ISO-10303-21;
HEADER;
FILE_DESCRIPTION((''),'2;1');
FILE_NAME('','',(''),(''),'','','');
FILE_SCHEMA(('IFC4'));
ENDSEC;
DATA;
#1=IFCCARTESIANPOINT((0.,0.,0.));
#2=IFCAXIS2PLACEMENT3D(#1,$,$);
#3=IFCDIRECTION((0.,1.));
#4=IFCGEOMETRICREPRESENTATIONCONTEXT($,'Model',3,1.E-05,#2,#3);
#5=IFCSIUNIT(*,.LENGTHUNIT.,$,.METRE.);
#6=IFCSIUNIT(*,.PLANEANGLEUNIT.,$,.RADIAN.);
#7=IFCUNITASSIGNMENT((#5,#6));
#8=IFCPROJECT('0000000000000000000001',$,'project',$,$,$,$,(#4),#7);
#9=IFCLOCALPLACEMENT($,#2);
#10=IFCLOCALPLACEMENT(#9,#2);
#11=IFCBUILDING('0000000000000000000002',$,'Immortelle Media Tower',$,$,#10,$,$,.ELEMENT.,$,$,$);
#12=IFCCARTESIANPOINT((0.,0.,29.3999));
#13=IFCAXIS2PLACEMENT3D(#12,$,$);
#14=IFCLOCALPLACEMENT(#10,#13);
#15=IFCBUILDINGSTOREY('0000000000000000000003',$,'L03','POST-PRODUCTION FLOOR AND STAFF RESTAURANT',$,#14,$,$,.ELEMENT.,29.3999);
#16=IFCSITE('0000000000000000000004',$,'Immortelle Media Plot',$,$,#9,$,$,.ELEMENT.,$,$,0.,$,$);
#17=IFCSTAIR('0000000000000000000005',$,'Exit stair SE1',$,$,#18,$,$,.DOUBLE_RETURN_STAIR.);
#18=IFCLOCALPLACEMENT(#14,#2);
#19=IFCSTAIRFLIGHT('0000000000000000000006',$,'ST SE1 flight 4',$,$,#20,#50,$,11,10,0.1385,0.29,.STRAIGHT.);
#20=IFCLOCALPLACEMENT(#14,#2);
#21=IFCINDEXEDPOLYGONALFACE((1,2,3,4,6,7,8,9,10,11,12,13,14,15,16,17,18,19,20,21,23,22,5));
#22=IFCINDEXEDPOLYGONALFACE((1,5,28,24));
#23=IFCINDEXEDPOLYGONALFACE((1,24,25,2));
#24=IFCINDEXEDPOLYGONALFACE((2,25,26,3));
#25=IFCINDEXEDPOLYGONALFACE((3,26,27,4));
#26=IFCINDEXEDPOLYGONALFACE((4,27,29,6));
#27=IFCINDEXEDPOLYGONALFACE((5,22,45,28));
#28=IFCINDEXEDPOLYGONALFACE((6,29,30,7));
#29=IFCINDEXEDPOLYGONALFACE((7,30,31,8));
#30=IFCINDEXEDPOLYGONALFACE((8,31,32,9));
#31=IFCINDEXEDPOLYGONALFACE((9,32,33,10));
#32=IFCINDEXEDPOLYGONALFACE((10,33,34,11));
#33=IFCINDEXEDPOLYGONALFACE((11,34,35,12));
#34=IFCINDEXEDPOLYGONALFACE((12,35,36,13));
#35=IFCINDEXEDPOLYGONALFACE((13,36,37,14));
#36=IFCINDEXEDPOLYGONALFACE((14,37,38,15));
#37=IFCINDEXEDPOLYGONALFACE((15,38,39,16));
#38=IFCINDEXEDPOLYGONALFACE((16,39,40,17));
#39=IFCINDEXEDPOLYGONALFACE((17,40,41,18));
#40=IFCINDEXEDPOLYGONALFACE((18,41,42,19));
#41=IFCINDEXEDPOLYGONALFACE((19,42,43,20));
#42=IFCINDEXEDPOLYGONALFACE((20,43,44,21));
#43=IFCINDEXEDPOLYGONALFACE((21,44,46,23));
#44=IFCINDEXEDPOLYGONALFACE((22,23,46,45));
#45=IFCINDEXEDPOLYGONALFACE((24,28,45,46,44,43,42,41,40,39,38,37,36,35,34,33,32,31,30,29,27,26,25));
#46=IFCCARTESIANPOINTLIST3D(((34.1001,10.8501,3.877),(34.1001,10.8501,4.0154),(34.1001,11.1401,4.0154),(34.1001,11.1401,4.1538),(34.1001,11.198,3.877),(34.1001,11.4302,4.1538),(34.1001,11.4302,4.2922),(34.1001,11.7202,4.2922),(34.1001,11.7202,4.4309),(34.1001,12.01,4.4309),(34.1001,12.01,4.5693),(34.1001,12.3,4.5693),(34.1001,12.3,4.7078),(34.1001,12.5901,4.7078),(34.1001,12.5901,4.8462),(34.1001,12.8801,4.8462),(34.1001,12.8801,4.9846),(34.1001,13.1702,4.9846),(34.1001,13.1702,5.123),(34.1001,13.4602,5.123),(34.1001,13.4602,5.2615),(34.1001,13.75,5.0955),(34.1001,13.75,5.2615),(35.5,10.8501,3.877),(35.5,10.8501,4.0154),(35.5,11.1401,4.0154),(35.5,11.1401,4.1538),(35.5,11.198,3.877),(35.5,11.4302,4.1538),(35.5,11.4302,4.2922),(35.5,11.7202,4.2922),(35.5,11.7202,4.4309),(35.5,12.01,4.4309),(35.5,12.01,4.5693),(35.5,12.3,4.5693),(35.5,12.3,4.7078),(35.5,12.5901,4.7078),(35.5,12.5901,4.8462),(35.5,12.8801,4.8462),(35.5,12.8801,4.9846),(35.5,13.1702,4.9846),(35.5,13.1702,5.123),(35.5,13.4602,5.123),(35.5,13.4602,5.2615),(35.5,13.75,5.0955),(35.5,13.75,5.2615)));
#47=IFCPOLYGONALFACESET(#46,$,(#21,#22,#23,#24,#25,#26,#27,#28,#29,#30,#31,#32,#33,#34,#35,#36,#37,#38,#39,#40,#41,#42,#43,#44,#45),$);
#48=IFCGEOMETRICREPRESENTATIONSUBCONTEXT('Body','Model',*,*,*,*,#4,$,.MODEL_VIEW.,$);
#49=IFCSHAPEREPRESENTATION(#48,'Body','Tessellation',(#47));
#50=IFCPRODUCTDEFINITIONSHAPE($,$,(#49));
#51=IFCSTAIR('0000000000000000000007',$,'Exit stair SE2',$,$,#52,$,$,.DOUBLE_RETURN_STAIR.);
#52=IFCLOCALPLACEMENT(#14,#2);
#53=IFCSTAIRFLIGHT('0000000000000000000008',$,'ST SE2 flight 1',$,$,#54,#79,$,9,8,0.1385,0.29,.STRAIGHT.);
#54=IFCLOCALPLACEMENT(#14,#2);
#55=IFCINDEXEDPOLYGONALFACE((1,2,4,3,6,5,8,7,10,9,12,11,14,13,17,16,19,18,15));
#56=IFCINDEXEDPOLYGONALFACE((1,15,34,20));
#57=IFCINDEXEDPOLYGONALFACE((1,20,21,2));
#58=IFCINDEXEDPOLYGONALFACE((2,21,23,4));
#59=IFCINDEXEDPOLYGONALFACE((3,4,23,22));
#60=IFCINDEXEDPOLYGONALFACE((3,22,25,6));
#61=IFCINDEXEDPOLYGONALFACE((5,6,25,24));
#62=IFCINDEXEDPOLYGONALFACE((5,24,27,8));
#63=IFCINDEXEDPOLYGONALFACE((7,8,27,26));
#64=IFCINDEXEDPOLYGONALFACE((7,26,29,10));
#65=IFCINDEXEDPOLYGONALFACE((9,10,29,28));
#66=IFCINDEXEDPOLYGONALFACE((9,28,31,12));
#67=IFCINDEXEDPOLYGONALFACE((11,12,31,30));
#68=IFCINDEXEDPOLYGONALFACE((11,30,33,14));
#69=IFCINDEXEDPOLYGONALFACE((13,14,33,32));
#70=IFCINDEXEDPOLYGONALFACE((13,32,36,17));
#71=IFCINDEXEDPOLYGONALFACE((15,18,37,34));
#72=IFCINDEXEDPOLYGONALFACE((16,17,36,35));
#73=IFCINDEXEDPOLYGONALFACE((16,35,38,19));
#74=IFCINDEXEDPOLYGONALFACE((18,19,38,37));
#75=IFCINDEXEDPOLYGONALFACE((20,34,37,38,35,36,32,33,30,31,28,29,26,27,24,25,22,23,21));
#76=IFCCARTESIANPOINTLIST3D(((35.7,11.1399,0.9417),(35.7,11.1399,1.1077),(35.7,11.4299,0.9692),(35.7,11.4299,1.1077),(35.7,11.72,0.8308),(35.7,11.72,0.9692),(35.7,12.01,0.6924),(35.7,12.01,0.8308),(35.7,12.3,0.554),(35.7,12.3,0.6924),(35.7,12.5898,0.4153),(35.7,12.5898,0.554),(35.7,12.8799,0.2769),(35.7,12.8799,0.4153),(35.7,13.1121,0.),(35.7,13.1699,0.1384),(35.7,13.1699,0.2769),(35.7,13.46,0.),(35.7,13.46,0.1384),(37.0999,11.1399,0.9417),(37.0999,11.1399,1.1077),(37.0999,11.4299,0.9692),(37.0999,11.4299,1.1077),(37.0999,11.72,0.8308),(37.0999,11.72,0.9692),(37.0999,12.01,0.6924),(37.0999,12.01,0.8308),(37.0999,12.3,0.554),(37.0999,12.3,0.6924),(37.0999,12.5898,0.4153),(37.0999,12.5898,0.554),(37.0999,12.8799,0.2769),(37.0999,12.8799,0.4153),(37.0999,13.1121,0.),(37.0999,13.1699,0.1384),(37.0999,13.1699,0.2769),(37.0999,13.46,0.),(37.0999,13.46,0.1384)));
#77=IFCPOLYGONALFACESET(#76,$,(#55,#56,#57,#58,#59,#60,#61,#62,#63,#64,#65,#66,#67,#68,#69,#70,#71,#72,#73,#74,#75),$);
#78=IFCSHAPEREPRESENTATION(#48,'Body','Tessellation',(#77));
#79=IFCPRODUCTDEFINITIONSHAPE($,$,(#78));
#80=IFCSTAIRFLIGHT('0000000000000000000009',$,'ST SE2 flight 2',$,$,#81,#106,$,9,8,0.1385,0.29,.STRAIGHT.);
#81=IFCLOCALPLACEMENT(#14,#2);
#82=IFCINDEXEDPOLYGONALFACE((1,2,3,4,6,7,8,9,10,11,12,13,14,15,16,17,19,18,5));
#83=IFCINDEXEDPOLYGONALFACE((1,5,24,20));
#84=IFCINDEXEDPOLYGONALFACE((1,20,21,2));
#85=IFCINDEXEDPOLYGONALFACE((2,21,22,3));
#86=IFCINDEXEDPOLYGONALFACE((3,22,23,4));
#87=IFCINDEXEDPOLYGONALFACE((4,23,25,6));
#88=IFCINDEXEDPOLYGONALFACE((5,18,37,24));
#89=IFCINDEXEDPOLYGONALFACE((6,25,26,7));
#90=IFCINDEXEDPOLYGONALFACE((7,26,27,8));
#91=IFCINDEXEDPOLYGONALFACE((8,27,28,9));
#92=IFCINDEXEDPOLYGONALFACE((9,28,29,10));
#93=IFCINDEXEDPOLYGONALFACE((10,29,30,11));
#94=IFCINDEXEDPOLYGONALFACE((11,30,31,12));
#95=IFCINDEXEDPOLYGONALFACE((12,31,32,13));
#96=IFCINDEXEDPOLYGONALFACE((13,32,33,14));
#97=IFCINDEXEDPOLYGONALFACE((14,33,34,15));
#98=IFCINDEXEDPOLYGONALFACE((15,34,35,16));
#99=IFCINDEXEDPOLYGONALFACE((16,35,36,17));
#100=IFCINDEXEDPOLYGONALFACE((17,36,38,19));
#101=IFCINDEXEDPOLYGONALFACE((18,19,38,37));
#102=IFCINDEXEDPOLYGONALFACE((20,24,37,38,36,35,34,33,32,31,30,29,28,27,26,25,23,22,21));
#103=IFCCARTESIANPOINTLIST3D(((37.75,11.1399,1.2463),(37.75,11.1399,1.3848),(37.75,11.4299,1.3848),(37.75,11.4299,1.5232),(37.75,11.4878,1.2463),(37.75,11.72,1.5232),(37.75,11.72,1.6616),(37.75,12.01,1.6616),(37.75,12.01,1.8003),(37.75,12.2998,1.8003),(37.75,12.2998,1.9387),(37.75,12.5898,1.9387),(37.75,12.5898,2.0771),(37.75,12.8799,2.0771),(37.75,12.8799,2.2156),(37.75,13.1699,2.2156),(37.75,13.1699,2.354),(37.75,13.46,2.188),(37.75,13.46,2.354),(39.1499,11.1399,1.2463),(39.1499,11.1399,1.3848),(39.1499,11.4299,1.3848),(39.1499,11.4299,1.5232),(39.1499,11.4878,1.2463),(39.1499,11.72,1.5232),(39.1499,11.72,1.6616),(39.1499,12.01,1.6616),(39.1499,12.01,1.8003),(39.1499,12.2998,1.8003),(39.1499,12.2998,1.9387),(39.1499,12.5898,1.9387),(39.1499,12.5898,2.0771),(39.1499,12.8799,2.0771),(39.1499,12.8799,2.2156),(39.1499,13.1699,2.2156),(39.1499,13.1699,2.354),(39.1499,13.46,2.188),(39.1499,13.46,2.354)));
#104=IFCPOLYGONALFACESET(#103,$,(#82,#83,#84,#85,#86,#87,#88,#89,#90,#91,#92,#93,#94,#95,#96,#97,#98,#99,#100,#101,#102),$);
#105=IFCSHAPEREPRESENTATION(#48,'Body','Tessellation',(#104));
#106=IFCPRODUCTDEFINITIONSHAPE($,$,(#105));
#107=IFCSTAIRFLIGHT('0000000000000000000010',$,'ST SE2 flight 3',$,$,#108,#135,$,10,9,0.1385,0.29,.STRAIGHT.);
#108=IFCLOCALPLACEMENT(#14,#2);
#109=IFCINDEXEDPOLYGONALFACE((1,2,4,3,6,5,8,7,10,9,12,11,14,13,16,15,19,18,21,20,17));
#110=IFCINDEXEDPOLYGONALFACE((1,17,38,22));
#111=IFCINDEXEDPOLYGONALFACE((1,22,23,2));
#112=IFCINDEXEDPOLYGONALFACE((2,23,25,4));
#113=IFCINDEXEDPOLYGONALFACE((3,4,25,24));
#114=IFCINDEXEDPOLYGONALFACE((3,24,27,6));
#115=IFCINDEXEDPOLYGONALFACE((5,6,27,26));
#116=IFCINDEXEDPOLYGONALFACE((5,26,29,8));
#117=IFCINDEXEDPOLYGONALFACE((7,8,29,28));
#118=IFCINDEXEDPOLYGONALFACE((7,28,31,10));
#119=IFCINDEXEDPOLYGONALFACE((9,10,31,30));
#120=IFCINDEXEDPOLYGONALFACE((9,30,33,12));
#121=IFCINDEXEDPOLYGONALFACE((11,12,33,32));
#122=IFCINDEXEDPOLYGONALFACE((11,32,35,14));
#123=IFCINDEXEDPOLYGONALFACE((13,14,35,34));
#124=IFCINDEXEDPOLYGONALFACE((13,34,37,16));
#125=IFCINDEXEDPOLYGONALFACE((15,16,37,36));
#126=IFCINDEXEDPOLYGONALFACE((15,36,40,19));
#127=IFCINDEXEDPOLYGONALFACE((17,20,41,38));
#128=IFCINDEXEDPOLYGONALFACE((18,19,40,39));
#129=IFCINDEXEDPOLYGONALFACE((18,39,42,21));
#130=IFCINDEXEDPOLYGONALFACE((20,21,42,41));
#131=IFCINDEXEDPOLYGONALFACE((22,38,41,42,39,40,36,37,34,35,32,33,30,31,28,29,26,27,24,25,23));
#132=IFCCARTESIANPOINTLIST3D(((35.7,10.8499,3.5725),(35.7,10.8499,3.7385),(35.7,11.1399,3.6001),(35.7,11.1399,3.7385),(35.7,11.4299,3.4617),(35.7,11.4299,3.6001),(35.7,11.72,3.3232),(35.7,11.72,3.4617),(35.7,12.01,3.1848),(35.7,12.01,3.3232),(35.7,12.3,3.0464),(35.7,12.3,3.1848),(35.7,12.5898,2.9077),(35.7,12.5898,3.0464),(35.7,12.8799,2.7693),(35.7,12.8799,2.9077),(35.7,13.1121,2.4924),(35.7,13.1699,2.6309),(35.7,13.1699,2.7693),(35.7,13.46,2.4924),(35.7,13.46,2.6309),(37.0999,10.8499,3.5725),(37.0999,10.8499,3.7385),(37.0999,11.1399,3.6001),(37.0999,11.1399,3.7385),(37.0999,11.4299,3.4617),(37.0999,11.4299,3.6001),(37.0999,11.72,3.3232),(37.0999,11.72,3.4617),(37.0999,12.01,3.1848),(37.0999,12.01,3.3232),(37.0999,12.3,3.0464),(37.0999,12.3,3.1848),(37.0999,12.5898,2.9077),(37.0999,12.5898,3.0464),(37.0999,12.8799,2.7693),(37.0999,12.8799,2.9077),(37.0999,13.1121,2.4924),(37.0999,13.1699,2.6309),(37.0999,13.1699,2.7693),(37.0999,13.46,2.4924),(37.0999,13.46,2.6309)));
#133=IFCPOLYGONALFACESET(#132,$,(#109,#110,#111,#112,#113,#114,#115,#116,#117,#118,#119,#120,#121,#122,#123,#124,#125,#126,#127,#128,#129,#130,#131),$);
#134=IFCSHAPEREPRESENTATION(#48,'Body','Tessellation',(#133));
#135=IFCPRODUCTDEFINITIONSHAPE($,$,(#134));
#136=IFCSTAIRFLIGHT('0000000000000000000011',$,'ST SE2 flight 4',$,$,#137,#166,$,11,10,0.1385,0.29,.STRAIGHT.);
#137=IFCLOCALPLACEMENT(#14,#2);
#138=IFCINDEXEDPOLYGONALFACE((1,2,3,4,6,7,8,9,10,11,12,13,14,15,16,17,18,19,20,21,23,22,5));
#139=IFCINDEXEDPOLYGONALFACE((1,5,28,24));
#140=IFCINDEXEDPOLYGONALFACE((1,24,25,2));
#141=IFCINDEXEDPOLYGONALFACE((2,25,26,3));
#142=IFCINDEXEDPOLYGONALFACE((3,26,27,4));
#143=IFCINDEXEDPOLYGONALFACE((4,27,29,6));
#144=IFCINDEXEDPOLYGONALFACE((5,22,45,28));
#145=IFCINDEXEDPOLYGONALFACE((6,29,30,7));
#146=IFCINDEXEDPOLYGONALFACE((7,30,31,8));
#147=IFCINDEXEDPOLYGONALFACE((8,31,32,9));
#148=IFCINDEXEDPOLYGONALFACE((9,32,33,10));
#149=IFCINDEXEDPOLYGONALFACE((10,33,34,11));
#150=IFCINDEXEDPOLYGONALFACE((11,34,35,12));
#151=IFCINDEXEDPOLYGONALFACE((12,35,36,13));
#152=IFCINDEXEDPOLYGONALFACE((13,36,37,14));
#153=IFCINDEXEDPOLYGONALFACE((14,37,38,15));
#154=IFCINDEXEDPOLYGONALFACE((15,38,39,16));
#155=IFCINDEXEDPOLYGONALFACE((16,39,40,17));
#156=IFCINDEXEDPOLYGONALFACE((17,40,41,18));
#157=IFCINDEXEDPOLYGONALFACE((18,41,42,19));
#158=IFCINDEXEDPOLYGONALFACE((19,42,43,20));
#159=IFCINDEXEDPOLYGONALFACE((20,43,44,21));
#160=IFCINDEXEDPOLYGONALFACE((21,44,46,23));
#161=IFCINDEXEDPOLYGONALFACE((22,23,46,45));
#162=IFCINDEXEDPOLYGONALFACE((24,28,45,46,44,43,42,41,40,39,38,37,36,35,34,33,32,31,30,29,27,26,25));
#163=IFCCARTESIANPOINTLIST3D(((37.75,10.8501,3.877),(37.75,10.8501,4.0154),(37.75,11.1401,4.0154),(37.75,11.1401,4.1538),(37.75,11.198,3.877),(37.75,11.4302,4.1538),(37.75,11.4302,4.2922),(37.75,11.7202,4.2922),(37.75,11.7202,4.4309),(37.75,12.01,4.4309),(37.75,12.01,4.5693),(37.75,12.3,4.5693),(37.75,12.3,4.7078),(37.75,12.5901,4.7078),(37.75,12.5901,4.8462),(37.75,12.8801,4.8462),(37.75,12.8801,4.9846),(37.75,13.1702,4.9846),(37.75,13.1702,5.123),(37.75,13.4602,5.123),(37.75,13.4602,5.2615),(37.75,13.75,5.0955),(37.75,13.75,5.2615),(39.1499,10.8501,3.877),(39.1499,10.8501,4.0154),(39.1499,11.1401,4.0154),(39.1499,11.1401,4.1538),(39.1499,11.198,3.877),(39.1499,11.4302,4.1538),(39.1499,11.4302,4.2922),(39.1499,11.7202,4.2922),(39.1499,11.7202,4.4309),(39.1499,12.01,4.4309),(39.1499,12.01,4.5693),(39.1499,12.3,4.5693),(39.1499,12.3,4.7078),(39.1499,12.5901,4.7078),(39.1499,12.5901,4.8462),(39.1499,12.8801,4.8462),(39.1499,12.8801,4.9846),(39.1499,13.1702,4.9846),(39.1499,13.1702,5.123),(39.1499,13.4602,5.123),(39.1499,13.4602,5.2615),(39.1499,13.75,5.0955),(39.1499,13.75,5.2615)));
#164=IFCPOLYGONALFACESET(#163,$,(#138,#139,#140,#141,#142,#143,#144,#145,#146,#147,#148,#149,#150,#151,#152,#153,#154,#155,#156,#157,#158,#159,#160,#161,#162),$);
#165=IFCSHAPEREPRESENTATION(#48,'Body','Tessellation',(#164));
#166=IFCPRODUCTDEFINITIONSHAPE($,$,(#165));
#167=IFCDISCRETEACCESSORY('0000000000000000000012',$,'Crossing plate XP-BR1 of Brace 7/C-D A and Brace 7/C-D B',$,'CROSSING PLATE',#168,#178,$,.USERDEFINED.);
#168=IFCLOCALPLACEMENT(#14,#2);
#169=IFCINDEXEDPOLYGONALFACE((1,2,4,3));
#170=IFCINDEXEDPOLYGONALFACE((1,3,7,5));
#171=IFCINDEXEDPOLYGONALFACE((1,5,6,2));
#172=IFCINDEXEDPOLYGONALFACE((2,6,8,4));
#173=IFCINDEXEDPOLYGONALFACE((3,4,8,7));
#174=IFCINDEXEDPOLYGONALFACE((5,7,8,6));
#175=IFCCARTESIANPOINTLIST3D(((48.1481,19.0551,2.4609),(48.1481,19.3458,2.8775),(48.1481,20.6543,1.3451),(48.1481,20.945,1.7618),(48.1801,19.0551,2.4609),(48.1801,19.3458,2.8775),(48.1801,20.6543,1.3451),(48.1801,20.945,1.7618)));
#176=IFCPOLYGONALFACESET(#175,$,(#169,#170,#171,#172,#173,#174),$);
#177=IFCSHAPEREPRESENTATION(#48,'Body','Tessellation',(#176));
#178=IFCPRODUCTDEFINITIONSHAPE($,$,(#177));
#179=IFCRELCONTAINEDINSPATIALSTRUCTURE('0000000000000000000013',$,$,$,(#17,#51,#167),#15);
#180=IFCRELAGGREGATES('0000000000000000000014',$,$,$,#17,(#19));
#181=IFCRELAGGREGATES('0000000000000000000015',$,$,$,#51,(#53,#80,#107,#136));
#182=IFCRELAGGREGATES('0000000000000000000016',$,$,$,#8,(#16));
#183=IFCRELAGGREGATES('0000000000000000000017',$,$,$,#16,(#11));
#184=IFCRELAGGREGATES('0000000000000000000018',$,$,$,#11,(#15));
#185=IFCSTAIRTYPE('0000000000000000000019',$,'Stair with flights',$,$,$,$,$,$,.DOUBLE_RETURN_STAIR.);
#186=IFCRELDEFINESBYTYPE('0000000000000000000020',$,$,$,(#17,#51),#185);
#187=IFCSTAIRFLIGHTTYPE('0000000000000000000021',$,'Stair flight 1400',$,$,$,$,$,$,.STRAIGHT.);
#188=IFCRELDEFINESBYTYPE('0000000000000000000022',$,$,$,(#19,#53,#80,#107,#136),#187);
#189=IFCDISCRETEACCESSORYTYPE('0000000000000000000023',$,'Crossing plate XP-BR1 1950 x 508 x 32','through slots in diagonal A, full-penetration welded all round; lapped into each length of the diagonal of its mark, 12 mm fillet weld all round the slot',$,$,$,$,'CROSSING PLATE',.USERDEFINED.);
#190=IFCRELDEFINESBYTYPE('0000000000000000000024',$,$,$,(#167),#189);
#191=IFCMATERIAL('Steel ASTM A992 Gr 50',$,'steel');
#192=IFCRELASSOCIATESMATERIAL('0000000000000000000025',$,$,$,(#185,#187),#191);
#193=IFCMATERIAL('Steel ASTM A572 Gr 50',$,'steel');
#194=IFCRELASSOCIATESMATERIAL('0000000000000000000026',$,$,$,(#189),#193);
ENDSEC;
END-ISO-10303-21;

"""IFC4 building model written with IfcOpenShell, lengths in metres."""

from ifc_helpers import new_model, si_unit, direction, frame, origin, origin_2d, place, context, subcontext, project, spatial, polyline, rectangle, outline, extrude, material, material_profile, profile_set, type_object, element, aggregate, save


model = new_model("IFC4")

# Units and contexts
model_context = context("Model", 3, precision=1e-05, world=origin(), true_north=direction((0.0, 1.0)))
body_context = subcontext(model_context, "Body", "Model", "MODEL_VIEW")
ifc_project = project(units=[si_unit("LENGTHUNIT", "METRE"), si_unit("PLANEANGLEUNIT", "RADIAN")], contexts=[model_context])

# Site, building, storey
site_placement = place(None, origin())
site = spatial("IfcSite", under=ifc_project, at=site_placement, Name="Immortelle Media Plot", CompositionType="ELEMENT", RefElevation=0.0)
building_placement = place(site_placement, origin())
building = spatial("IfcBuilding", under=site, at=building_placement, Name="Immortelle Media Tower", CompositionType="ELEMENT")
storey_placement = place(building_placement, frame((0.0, 0.0, 29.3999)))
storey = spatial("IfcBuildingStorey", under=building, at=storey_placement, Name="L03", Description="POST-PRODUCTION FLOOR AND STAFF RESTAURANT", CompositionType="ELEMENT", Elevation=29.3999)

# Shared definitions
ifc_material_1 = material(Name="Steel ASTM A992 Gr 50", Category="steel")

# Stairs, stair flights
stair_type = type_object("IfcStairType", Name="Stair with flights", PredefinedType="DOUBLE_RETURN_STAIR", material=ifc_material_1)
stair_1_placement = place(storey_placement, origin())
stair_1 = element("IfcStair", 1, at=stair_1_placement, inside=storey, type_object=stair_type, Name="Exit stair SE1", PredefinedType="DOUBLE_RETURN_STAIR")
stair_flight_type = type_object("IfcStairFlightType", Name="Stair flight 1400", PredefinedType="STRAIGHT", material=ifc_material_1)
stair_flight_1_placement = place(storey_placement, frame((34.8, 10.8501, 3.877), z_axis=(0.0, 0.0, 1.0), x_axis=(0.0, 1.0, 0.0)))
stair_flight_1 = element("IfcStairFlight", 2, at=stair_flight_1_placement, type_object=stair_flight_type, Name="ST SE1 flight 4", NumberOfRisers=11, NumberOfTreads=10, PredefinedType="STRAIGHT", RiserHeight=0.1385, TreadLength=0.29, context=body_context, shape_type="SweptSolid", body=[
    extrude(outline(polyline([(0.0, 0.0), (0.0, 0.1384), (0.29, 0.1384), (0.29, 0.2769), (0.5801, 0.2769), (0.5801, 0.4153), (0.8701, 0.4153), (0.8701, 0.554), (1.1599, 0.554), (1.1599, 0.6924), (1.45, 0.6924), (1.45, 0.8308), (1.74, 0.8308), (1.74, 0.9692), (2.03, 0.9692), (2.03, 1.1077), (2.3201, 1.1077), (2.3201, 1.2461), (2.6101, 1.2461), (2.6101, 1.3845), (2.8999, 1.3845), (2.8999, 1.5232), (2.8999, 1.2185), (0.3479, 0.0), (0.0, 0.0)])), frame((0.0, 0.7, 0.0), z_axis=(0.0, -1.0, 0.0), x_axis=(1.0, 0.0, 0.0)), (0.0, 0.0, 1.0), 1.3999),
])
aggregate(stair_1, [stair_flight_1])
stair_2_placement = place(storey_placement, origin())
stair_2 = element("IfcStair", 3, at=stair_2_placement, inside=storey, type_object=stair_type, Name="Exit stair SE2", PredefinedType="DOUBLE_RETURN_STAIR")
stair_flight_2_placement = place(storey_placement, frame((36.3999, 13.46, 0.0), z_axis=(0.0, 0.0, 1.0), x_axis=(0.0, -1.0, 0.0)))
stair_flight_2 = element("IfcStairFlight", 4, at=stair_flight_2_placement, type_object=stair_flight_type, Name="ST SE2 flight 1", NumberOfRisers=9, NumberOfTreads=8, PredefinedType="STRAIGHT", RiserHeight=0.1385, TreadLength=0.29, context=body_context, shape_type="SweptSolid", body=[
    extrude(outline(polyline([(0.0, 0.0), (0.0, 0.1384), (0.29, 0.1384), (0.29, 0.2769), (0.5801, 0.2769), (0.5801, 0.4153), (0.8701, 0.4153), (0.8701, 0.554), (1.1599, 0.554), (1.1599, 0.6924), (1.45, 0.6924), (1.45, 0.8308), (1.74, 0.8308), (1.74, 0.9692), (2.03, 0.9692), (2.03, 1.1077), (2.3201, 1.1077), (2.3201, 1.2461), (2.3201, 0.9417), (0.3479, 0.0), (0.0, 0.0)])), frame((0.0, 0.7, 0.0), z_axis=(0.0, -1.0, 0.0), x_axis=(1.0, 0.0, 0.0)), (0.0, 0.0, 1.0), 1.3999),
])
stair_flight_3_placement = place(storey_placement, frame((38.45, 11.1399, 1.2463), z_axis=(0.0, 0.0, 1.0), x_axis=(0.0, 1.0, 0.0)))
stair_flight_3 = element("IfcStairFlight", 5, at=stair_flight_3_placement, type_object=stair_flight_type, Name="ST SE2 flight 2", NumberOfRisers=9, NumberOfTreads=8, PredefinedType="STRAIGHT", RiserHeight=0.1385, TreadLength=0.29, context=body_context, shape_type="SweptSolid", body=[
    extrude(outline(polyline([(0.0, 0.0), (0.0, 0.1384), (0.29, 0.1384), (0.29, 0.2769), (0.5801, 0.2769), (0.5801, 0.4153), (0.8701, 0.4153), (0.8701, 0.554), (1.1599, 0.554), (1.1599, 0.6924), (1.45, 0.6924), (1.45, 0.8308), (1.74, 0.8308), (1.74, 0.9692), (2.03, 0.9692), (2.03, 1.1077), (2.3201, 1.1077), (2.3201, 1.2461), (2.3201, 0.9417), (0.3479, 0.0), (0.0, 0.0)])), frame((0.0, 0.7, 0.0), z_axis=(0.0, -1.0, 0.0), x_axis=(1.0, 0.0, 0.0)), (0.0, 0.0, 1.0), 1.3999),
])
stair_flight_4_placement = place(storey_placement, frame((36.3999, 13.46, 2.4924), z_axis=(0.0, 0.0, 1.0), x_axis=(0.0, -1.0, 0.0)))
stair_flight_4 = element("IfcStairFlight", 6, at=stair_flight_4_placement, type_object=stair_flight_type, Name="ST SE2 flight 3", NumberOfRisers=10, NumberOfTreads=9, PredefinedType="STRAIGHT", RiserHeight=0.1385, TreadLength=0.29, context=body_context, shape_type="SweptSolid", body=[
    extrude(outline(polyline([(0.0, 0.0), (0.0, 0.1384), (0.29, 0.1384), (0.29, 0.2769), (0.5801, 0.2769), (0.5801, 0.4153), (0.8701, 0.4153), (0.8701, 0.554), (1.1599, 0.554), (1.1599, 0.6924), (1.45, 0.6924), (1.45, 0.8308), (1.74, 0.8308), (1.74, 0.9692), (2.03, 0.9692), (2.03, 1.1077), (2.3201, 1.1077), (2.3201, 1.2461), (2.6101, 1.2461), (2.6101, 1.3845), (2.6101, 1.0801), (0.3479, 0.0), (0.0, 0.0)])), frame((0.0, 0.7, 0.0), z_axis=(0.0, -1.0, 0.0), x_axis=(1.0, 0.0, 0.0)), (0.0, 0.0, 1.0), 1.3999),
])
stair_flight_5_placement = place(storey_placement, frame((38.45, 10.8501, 3.877), z_axis=(0.0, 0.0, 1.0), x_axis=(0.0, 1.0, 0.0)))
stair_flight_5 = element("IfcStairFlight", 7, at=stair_flight_5_placement, type_object=stair_flight_type, Name="ST SE2 flight 4", NumberOfRisers=11, NumberOfTreads=10, PredefinedType="STRAIGHT", RiserHeight=0.1385, TreadLength=0.29, context=body_context, shape_type="SweptSolid", body=[
    extrude(outline(polyline([(0.0, 0.0), (0.0, 0.1384), (0.29, 0.1384), (0.29, 0.2769), (0.5801, 0.2769), (0.5801, 0.4153), (0.8701, 0.4153), (0.8701, 0.554), (1.1599, 0.554), (1.1599, 0.6924), (1.45, 0.6924), (1.45, 0.8308), (1.74, 0.8308), (1.74, 0.9692), (2.03, 0.9692), (2.03, 1.1077), (2.3201, 1.1077), (2.3201, 1.2461), (2.6101, 1.2461), (2.6101, 1.3845), (2.8999, 1.3845), (2.8999, 1.5232), (2.8999, 1.2185), (0.3479, 0.0), (0.0, 0.0)])), frame((0.0, 0.7, 0.0), z_axis=(0.0, -1.0, 0.0), x_axis=(1.0, 0.0, 0.0)), (0.0, 0.0, 1.0), 1.3999),
])
aggregate(stair_2, [stair_flight_2, stair_flight_3, stair_flight_4, stair_flight_5])

# Discrete accessory
ifc_material_2 = material(Name="Steel ASTM A572 Gr 50", Category="steel")
ifc_material_profile_1 = material_profile(ifc_material_2, rectangle(XDim=0.032, YDim=0.5081, at=origin_2d()), Name="PL 32 x 508")
ifc_profile_set_1 = profile_set([ifc_material_profile_1], Name="Steel ASTM A572 Gr 50")
discrete_accessory_type_1 = type_object("IfcDiscreteAccessoryType", Name="Crossing plate XP-BR1 1950 x 508 x 32", Description="through slots in diagonal A, full-penetration welded all round; lapped into each length of the diagonal of its mark, 12 mm fillet weld all round the slot", ElementType="CROSSING PLATE", PredefinedType="USERDEFINED", material=ifc_profile_set_1)
discrete_accessory_placement = place(storey_placement, frame((48.1641, 19.2004, 2.6692), z_axis=(0.0, 0.820113, -0.572201), x_axis=(-1.0, 0.0, 0.0)))
element("IfcDiscreteAccessory", 8, at=discrete_accessory_placement, inside=storey, type_object=discrete_accessory_type_1, Name="Crossing plate XP-BR1 of Brace 7/C-D A and Brace 7/C-D B", ObjectType="CROSSING PLATE", PredefinedType="USERDEFINED", context=body_context, shape_type="SweptSolid", body=[
    extrude(rectangle(XDim=0.032, YDim=0.5081, at=origin_2d()), origin(), (0.0, 0.0, 1.0), 1.95),
])

save(model, "model.ifc")
